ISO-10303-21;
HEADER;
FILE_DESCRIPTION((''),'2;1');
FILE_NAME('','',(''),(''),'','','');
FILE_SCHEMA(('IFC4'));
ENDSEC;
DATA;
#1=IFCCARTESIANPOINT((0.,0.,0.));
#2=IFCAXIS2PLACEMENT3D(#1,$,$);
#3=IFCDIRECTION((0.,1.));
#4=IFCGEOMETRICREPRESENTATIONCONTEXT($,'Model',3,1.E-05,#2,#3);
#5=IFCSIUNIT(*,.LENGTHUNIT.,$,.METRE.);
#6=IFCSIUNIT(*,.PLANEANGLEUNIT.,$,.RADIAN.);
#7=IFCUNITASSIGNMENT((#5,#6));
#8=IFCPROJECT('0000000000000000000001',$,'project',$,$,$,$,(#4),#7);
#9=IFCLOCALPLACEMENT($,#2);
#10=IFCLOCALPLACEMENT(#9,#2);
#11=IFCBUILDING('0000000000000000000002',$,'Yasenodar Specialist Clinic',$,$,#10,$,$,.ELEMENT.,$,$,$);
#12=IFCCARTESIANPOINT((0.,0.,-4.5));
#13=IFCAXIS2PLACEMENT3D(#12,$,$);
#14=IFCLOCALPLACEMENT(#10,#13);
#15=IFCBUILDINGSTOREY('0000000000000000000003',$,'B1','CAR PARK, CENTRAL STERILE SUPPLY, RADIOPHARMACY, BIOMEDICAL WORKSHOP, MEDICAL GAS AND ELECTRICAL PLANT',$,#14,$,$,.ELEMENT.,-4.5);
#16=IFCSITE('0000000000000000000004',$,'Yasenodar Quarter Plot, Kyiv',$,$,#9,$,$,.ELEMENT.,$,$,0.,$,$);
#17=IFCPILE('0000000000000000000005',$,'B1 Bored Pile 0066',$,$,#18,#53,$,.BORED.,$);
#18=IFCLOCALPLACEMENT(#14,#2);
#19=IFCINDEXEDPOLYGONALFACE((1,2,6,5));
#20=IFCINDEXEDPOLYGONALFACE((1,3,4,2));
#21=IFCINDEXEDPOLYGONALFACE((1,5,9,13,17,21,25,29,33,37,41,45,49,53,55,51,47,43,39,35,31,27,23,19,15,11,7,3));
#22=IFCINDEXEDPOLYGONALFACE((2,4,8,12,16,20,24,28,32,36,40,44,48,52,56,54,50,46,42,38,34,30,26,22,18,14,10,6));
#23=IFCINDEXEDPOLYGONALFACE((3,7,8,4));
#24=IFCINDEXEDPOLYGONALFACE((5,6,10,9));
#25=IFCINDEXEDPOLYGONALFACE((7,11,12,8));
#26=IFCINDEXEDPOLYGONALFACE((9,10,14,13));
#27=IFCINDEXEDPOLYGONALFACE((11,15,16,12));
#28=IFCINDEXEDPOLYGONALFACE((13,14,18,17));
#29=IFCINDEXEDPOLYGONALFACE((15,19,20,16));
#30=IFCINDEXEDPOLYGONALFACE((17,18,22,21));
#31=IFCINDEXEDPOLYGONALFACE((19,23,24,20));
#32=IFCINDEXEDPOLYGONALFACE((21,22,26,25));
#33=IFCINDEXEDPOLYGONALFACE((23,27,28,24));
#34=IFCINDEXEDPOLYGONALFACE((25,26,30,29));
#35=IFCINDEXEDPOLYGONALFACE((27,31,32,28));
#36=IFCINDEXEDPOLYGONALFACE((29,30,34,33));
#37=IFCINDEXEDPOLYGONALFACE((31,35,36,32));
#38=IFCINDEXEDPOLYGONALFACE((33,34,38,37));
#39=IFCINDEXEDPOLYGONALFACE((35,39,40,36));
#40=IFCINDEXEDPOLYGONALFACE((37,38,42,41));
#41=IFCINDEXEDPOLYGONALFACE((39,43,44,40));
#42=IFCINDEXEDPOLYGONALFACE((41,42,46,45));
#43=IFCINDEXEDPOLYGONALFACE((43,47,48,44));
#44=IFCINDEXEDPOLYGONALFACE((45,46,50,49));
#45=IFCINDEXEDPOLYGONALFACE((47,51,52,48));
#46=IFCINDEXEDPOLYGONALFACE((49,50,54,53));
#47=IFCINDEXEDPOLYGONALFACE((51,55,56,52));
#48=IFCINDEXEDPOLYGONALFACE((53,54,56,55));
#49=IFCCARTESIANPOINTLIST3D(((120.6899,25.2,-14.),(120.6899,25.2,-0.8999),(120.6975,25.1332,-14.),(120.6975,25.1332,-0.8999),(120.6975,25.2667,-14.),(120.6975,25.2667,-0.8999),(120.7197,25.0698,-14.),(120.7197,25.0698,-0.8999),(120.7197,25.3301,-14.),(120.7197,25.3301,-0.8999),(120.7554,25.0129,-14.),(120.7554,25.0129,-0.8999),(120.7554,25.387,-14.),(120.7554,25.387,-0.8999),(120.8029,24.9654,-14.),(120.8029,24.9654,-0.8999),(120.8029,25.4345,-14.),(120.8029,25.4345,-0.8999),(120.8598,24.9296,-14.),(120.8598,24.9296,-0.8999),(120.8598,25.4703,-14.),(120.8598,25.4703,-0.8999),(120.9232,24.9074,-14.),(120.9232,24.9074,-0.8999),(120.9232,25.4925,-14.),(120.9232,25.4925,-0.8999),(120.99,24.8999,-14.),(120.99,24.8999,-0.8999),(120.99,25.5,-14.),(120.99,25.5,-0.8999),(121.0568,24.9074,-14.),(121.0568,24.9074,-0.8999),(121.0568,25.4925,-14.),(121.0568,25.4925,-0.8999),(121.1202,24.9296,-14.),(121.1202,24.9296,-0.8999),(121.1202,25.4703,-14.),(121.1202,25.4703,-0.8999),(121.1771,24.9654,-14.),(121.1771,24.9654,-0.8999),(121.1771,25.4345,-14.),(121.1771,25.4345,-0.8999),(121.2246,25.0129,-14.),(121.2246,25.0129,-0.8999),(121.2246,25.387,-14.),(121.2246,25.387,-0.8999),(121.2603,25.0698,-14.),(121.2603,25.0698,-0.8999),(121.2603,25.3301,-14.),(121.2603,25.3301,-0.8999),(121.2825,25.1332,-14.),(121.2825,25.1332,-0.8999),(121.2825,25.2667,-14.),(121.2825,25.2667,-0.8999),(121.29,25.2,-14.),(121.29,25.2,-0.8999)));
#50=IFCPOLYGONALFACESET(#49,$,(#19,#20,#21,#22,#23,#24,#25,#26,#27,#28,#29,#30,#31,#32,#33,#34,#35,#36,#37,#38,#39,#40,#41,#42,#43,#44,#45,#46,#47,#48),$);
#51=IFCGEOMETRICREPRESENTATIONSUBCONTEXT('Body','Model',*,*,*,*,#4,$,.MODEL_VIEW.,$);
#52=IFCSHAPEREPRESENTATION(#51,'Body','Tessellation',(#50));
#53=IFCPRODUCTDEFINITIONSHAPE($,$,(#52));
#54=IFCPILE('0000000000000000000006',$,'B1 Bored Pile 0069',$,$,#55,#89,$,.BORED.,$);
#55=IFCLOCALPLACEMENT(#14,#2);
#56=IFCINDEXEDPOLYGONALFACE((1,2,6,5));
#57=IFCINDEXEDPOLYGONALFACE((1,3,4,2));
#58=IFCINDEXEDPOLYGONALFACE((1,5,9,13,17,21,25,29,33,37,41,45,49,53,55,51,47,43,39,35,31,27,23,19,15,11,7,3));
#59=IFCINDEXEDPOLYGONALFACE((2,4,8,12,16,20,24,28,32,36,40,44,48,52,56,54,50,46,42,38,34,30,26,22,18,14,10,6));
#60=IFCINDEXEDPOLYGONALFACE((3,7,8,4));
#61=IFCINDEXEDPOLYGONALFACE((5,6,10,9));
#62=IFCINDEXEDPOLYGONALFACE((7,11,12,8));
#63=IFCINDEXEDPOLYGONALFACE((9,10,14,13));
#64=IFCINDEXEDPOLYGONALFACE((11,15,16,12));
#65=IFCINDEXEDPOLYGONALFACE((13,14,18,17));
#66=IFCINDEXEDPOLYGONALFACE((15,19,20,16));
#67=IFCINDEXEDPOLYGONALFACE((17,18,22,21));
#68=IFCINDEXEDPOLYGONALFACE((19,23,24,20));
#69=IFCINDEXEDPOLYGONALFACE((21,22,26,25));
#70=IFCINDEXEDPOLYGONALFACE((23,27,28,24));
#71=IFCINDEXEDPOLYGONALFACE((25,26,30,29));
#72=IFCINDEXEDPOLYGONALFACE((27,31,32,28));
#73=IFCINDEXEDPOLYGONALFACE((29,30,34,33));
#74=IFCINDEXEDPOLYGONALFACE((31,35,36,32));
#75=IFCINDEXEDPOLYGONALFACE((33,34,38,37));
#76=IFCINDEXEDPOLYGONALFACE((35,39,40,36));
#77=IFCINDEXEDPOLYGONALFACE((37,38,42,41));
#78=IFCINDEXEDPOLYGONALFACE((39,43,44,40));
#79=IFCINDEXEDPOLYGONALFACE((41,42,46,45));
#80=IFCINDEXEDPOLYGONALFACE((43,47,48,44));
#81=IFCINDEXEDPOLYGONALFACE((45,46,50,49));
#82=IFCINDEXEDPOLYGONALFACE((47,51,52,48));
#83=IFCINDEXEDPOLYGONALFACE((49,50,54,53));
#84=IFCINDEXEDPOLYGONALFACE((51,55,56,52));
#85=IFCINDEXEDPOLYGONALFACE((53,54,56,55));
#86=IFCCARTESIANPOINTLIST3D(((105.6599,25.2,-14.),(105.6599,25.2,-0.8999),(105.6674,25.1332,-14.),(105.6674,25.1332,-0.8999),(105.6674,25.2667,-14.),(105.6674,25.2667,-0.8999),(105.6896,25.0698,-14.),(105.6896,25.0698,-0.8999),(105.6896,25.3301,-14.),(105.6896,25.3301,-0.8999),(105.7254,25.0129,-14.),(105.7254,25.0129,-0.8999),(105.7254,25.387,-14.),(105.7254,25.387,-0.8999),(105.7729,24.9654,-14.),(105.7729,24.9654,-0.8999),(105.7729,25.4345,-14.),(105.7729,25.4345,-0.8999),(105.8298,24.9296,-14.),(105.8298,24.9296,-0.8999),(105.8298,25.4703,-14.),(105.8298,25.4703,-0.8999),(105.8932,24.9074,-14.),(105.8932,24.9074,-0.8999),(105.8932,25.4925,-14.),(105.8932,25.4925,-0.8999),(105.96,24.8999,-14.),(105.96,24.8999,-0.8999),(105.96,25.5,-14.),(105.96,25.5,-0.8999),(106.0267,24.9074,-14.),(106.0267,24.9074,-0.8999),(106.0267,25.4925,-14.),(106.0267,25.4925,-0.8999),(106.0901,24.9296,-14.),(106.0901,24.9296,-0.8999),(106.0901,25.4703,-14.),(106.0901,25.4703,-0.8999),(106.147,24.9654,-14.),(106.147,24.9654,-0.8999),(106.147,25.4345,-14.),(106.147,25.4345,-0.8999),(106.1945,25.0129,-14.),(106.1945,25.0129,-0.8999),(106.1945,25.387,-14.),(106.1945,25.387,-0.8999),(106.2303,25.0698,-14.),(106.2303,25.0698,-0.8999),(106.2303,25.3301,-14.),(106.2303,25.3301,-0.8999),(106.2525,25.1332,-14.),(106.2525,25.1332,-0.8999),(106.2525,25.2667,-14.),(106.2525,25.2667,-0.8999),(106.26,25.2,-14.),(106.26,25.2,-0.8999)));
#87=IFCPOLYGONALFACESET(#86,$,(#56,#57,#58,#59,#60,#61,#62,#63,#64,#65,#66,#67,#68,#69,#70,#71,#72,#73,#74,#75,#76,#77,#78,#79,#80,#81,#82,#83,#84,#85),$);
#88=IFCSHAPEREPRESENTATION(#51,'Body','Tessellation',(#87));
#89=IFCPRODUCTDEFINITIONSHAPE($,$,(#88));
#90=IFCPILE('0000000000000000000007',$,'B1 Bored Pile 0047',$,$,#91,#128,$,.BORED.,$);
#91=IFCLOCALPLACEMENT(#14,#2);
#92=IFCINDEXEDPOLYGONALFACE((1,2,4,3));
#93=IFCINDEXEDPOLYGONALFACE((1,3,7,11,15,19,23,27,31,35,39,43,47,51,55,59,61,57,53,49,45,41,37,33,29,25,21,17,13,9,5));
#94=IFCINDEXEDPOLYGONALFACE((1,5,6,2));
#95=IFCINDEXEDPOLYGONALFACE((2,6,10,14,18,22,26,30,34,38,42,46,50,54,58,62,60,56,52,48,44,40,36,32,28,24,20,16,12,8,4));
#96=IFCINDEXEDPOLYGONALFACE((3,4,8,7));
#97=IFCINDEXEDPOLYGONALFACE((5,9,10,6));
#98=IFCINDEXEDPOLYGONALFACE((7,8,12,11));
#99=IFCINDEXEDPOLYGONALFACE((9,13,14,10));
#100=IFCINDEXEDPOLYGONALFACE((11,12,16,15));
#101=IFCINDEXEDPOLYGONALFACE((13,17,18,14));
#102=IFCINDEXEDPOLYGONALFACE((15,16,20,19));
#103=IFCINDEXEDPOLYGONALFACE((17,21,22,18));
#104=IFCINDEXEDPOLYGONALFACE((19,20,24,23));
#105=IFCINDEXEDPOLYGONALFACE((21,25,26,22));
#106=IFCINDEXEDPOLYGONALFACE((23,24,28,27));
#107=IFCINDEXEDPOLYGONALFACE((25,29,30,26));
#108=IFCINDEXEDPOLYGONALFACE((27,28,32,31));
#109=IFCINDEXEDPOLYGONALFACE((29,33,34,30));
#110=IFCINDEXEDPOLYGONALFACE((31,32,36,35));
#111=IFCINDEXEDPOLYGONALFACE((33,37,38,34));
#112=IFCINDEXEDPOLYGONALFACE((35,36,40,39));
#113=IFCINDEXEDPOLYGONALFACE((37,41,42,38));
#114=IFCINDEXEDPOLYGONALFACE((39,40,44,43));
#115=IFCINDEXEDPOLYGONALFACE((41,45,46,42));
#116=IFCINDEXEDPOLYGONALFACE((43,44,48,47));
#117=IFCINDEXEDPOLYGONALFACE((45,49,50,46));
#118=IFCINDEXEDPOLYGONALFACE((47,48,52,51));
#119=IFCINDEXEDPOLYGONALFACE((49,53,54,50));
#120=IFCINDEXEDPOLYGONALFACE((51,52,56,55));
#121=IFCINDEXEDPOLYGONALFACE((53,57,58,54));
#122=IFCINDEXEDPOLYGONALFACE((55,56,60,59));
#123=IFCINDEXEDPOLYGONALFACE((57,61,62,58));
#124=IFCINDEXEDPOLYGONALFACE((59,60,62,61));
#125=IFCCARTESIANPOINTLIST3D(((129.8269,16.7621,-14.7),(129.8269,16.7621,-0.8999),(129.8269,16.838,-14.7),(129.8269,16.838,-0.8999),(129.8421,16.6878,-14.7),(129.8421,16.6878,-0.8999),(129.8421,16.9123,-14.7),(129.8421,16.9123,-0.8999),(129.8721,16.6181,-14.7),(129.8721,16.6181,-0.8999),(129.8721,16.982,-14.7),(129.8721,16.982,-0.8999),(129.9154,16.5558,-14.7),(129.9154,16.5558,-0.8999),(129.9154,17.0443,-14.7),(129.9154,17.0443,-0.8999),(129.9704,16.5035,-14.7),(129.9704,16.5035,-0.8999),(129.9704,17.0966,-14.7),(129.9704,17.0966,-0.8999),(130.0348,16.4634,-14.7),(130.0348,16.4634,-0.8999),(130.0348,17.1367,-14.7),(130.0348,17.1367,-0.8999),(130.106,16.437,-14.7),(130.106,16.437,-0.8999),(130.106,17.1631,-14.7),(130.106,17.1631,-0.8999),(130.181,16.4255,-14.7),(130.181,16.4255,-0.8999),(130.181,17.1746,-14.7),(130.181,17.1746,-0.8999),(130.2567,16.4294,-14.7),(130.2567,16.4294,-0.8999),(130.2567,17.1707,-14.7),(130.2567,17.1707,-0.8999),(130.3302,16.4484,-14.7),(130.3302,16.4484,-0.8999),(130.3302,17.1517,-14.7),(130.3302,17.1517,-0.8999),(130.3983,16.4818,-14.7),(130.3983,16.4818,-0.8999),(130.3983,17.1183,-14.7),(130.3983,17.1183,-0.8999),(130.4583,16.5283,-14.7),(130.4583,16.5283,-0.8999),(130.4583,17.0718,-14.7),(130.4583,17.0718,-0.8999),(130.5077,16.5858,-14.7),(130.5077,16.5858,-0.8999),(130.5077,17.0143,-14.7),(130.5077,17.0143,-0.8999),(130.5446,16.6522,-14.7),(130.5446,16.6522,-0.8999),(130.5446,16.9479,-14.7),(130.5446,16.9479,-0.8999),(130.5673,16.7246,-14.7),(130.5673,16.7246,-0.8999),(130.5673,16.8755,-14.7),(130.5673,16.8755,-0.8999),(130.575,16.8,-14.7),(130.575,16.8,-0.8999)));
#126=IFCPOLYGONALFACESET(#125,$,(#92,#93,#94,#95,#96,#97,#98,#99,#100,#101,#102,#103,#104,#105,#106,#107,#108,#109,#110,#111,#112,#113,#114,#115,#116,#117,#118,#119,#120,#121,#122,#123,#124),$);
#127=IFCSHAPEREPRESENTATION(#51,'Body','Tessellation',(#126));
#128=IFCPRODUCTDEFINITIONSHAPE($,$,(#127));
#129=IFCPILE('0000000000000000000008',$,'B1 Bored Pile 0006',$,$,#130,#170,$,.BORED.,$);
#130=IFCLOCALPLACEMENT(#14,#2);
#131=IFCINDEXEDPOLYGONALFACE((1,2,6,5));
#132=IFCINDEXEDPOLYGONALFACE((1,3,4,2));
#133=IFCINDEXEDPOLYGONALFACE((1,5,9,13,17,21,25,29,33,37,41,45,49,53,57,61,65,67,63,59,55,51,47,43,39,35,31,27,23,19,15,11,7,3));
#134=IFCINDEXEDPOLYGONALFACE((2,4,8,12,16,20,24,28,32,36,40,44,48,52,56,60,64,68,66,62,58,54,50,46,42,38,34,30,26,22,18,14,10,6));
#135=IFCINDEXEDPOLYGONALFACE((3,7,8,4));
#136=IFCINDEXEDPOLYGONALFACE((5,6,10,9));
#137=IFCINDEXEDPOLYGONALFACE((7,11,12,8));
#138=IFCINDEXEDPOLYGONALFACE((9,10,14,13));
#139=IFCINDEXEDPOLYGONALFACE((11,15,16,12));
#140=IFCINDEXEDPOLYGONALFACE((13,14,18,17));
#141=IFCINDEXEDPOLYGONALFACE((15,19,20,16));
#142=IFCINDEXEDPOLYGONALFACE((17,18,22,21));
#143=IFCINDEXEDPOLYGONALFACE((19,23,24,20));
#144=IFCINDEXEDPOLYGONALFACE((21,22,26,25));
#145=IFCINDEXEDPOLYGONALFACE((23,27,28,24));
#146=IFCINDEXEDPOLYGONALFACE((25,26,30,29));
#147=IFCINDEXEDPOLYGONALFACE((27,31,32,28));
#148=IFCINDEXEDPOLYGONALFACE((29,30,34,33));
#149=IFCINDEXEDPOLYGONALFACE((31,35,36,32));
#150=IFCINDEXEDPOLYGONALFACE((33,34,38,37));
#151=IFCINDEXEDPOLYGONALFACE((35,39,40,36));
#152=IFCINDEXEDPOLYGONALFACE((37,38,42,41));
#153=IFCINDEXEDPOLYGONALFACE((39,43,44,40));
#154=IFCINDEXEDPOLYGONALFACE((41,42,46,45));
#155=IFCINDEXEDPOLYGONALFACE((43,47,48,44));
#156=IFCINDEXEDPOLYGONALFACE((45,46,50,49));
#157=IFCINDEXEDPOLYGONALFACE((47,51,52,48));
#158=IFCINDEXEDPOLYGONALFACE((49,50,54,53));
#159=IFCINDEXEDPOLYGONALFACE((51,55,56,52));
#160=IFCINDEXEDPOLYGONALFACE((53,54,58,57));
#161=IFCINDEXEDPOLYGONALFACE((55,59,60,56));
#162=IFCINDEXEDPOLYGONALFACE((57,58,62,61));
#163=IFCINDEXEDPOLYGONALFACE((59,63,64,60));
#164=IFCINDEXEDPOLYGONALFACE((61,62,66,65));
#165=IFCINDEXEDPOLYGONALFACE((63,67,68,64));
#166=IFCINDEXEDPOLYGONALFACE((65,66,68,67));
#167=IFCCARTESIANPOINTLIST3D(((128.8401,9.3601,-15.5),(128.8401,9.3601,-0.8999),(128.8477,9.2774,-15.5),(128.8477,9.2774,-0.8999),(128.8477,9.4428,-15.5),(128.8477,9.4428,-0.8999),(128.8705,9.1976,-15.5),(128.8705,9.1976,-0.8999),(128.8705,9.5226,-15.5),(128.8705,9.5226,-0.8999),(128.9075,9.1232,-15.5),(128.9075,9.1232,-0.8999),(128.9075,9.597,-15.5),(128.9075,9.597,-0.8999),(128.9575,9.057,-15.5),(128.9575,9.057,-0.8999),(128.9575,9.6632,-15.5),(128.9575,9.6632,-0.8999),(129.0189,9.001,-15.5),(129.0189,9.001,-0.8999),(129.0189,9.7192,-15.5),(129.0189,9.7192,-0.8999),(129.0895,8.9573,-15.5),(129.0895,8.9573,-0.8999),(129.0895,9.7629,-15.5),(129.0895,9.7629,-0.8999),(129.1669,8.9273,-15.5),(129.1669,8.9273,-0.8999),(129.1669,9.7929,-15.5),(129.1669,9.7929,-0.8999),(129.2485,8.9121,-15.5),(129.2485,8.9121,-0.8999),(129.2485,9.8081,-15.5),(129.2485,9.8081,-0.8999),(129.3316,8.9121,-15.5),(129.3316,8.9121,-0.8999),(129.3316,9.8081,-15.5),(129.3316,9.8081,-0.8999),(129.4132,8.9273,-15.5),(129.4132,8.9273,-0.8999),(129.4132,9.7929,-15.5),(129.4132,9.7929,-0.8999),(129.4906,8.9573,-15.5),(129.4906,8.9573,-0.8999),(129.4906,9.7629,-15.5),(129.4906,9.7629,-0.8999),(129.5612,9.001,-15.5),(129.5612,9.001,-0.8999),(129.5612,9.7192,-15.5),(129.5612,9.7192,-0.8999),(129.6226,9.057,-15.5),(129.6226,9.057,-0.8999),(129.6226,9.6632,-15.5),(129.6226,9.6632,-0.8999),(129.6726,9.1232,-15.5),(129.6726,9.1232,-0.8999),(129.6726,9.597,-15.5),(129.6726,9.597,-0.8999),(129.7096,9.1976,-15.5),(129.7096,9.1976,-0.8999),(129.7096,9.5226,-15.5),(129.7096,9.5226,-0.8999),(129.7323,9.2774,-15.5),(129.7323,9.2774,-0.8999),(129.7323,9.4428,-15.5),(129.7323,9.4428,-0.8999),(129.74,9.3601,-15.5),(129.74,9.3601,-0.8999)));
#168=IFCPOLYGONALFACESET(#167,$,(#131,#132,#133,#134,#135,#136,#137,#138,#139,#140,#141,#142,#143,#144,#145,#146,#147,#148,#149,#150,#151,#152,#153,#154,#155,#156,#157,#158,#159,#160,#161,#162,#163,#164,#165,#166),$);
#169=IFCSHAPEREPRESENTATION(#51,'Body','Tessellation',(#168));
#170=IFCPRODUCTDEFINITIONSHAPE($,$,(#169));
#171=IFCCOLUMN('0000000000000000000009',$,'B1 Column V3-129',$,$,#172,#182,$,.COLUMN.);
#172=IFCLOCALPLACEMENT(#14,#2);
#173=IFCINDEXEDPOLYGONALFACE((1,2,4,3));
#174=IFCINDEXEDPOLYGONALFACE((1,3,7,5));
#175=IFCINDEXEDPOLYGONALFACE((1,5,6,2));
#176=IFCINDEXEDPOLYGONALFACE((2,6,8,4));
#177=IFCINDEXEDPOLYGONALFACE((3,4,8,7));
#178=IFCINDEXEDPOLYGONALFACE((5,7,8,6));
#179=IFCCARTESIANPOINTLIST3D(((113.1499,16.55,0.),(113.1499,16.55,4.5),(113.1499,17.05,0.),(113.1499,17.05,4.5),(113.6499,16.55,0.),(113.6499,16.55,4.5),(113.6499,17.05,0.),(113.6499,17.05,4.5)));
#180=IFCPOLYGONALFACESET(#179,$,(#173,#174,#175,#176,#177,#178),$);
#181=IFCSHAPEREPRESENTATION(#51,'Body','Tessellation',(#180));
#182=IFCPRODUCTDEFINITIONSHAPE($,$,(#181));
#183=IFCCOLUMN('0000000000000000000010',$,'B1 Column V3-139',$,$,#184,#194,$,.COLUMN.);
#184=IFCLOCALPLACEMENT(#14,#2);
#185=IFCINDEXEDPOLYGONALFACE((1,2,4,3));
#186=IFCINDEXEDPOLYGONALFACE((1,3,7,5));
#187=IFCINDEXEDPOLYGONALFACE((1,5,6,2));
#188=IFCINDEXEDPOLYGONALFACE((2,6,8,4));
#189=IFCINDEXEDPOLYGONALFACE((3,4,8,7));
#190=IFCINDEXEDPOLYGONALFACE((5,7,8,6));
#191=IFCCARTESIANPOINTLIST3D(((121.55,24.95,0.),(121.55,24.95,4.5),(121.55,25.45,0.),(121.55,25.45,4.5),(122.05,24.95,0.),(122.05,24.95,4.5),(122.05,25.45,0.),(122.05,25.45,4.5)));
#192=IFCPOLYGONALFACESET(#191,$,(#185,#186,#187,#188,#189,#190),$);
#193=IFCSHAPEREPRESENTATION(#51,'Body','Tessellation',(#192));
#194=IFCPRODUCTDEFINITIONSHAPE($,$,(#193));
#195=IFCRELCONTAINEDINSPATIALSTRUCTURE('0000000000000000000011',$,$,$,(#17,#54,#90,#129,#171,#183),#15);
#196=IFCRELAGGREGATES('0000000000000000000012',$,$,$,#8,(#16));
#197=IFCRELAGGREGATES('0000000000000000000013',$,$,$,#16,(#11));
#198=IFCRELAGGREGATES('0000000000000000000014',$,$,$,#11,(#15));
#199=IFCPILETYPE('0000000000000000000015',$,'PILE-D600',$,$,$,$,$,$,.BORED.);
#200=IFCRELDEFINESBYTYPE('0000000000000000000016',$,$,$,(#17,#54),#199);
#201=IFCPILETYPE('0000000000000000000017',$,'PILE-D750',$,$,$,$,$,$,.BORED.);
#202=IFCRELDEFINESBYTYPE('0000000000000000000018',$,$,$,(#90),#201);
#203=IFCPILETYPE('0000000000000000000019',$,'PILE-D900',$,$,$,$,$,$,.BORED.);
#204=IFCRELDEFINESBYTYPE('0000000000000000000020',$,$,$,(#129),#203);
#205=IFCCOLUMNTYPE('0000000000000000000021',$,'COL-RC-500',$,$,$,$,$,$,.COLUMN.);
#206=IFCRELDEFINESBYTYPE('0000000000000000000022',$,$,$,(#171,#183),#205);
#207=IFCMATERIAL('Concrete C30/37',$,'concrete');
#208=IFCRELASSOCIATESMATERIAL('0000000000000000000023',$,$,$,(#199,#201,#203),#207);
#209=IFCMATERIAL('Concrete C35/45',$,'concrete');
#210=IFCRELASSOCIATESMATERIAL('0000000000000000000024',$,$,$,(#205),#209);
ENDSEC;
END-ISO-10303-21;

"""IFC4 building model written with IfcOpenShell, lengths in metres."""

from ifc_helpers import new_model, si_unit, direction, frame, origin, origin_2d, place, context, subcontext, project, spatial, rectangle, circle, extrude, material, material_profile, profile_set, type_object, element, save


model = new_model("IFC4")

# Units and contexts
model_context = context("Model", 3, precision=1e-05, world=origin(), true_north=direction((0.0, 1.0)))
body_context = subcontext(model_context, "Body", "Model", "MODEL_VIEW")
ifc_project = project(units=[si_unit("LENGTHUNIT", "METRE"), si_unit("PLANEANGLEUNIT", "RADIAN")], contexts=[model_context])

# Site, building, storey
site_placement = place(None, origin())
site = spatial("IfcSite", under=ifc_project, at=site_placement, Name="Yasenodar Quarter Plot, Kyiv", CompositionType="ELEMENT", RefElevation=0.0)
building_placement = place(site_placement, origin())
building = spatial("IfcBuilding", under=site, at=building_placement, Name="Yasenodar Specialist Clinic", CompositionType="ELEMENT")
storey_placement = place(building_placement, frame((0.0, 0.0, -4.5)))
storey = spatial("IfcBuildingStorey", under=building, at=storey_placement, Name="B1", Description="CAR PARK, CENTRAL STERILE SUPPLY, RADIOPHARMACY, BIOMEDICAL WORKSHOP, MEDICAL GAS AND ELECTRICAL PLANT", CompositionType="ELEMENT", Elevation=-4.5)

# Shared definitions
ifc_material_1 = material(Name="Concrete C35/45", Category="concrete")

# Piles
ifc_material_2 = material(Name="Concrete C30/37", Category="concrete")
ifc_material_profile_1 = material_profile(ifc_material_2, circle(Radius=0.3, at=origin_2d()), Name="PILE D600")
ifc_profile_set_1 = profile_set([ifc_material_profile_1], Name="Concrete C30/37")
pile_type_1 = type_object("IfcPileType", Name="PILE-D600", PredefinedType="BORED", material=ifc_profile_set_1)
for number, where, z_axis, x_axis, name in (
    (1, (120.99, 25.2, -0.8999), (0.0, 0.0, -1.0), (1.0, 0.0, 0.0), "B1 Bored Pile 0066"),
    (2, (105.96, 25.2, -0.8999), (0.0, 0.0, -1.0), (1.0, 0.0, 0.0), "B1 Bored Pile 0069"),
):
    element("IfcPile", number, at=place(storey_placement, frame(where, z_axis=z_axis, x_axis=x_axis)), inside=storey, type_object=pile_type_1, Name=name, PredefinedType="BORED", context=body_context, shape_type="SweptSolid", body=[
        extrude(circle(Radius=0.3, at=origin_2d()), origin(), (0.0, 0.0, 1.0), 13.1001),
    ])
ifc_material_profile_2 = material_profile(ifc_material_2, circle(Radius=0.375, at=origin_2d()), Name="PILE D750")
ifc_profile_set_2 = profile_set([ifc_material_profile_2], Name="Concrete C30/37")
pile_type_2 = type_object("IfcPileType", Name="PILE-D750", PredefinedType="BORED", material=ifc_profile_set_2)
pile_1_placement = place(storey_placement, frame((130.2, 16.8, -0.8999), z_axis=(0.0, 0.0, -1.0), x_axis=(1.0, 0.0, 0.0)))
element("IfcPile", 3, at=pile_1_placement, inside=storey, type_object=pile_type_2, Name="B1 Bored Pile 0047", PredefinedType="BORED", context=body_context, shape_type="SweptSolid", body=[
    extrude(circle(Radius=0.375, at=origin_2d()), origin(), (0.0, 0.0, 1.0), 13.8),
])
ifc_material_profile_3 = material_profile(ifc_material_2, circle(Radius=0.45, at=origin_2d()), Name="PILE D900")
ifc_profile_set_3 = profile_set([ifc_material_profile_3], Name="Concrete C30/37")
pile_type_3 = type_object("IfcPileType", Name="PILE-D900", PredefinedType="BORED", material=ifc_profile_set_3)
pile_2_placement = place(storey_placement, frame((129.29, 9.3601, -0.8999), z_axis=(0.0, 0.0, -1.0), x_axis=(1.0, 0.0, 0.0)))
element("IfcPile", 4, at=pile_2_placement, inside=storey, type_object=pile_type_3, Name="B1 Bored Pile 0006", PredefinedType="BORED", context=body_context, shape_type="SweptSolid", body=[
    extrude(circle(Radius=0.45, at=origin_2d()), origin(), (0.0, 0.0, 1.0), 14.6001),
])

# Columns
ifc_material_profile_4 = material_profile(ifc_material_1, rectangle(XDim=0.5, YDim=0.5, at=origin_2d()), Name="RC 500x500")
ifc_profile_set_4 = profile_set([ifc_material_profile_4], Name="Concrete C35/45")
column_type_1 = type_object("IfcColumnType", Name="COL-RC-500", PredefinedType="COLUMN", material=ifc_profile_set_4)
for number, where, z_axis, x_axis, name in (
    (5, (113.3999, 16.8, 0.0), (0.0, 0.0, 1.0), (1.0, 0.0, 0.0), "B1 Column V3-129"),
    (6, (121.8, 25.2, 0.0), (0.0, 0.0, 1.0), (1.0, 0.0, 0.0), "B1 Column V3-139"),
):
    element("IfcColumn", number, at=place(storey_placement, frame(where, z_axis=z_axis, x_axis=x_axis)), inside=storey, type_object=column_type_1, Name=name, PredefinedType="COLUMN", context=body_context, shape_type="SweptSolid", body=[
        extrude(rectangle(XDim=0.5, YDim=0.5, at=origin_2d()), origin(), (0.0, 0.0, 1.0), 4.5),
    ])

save(model, "model.ifc")
